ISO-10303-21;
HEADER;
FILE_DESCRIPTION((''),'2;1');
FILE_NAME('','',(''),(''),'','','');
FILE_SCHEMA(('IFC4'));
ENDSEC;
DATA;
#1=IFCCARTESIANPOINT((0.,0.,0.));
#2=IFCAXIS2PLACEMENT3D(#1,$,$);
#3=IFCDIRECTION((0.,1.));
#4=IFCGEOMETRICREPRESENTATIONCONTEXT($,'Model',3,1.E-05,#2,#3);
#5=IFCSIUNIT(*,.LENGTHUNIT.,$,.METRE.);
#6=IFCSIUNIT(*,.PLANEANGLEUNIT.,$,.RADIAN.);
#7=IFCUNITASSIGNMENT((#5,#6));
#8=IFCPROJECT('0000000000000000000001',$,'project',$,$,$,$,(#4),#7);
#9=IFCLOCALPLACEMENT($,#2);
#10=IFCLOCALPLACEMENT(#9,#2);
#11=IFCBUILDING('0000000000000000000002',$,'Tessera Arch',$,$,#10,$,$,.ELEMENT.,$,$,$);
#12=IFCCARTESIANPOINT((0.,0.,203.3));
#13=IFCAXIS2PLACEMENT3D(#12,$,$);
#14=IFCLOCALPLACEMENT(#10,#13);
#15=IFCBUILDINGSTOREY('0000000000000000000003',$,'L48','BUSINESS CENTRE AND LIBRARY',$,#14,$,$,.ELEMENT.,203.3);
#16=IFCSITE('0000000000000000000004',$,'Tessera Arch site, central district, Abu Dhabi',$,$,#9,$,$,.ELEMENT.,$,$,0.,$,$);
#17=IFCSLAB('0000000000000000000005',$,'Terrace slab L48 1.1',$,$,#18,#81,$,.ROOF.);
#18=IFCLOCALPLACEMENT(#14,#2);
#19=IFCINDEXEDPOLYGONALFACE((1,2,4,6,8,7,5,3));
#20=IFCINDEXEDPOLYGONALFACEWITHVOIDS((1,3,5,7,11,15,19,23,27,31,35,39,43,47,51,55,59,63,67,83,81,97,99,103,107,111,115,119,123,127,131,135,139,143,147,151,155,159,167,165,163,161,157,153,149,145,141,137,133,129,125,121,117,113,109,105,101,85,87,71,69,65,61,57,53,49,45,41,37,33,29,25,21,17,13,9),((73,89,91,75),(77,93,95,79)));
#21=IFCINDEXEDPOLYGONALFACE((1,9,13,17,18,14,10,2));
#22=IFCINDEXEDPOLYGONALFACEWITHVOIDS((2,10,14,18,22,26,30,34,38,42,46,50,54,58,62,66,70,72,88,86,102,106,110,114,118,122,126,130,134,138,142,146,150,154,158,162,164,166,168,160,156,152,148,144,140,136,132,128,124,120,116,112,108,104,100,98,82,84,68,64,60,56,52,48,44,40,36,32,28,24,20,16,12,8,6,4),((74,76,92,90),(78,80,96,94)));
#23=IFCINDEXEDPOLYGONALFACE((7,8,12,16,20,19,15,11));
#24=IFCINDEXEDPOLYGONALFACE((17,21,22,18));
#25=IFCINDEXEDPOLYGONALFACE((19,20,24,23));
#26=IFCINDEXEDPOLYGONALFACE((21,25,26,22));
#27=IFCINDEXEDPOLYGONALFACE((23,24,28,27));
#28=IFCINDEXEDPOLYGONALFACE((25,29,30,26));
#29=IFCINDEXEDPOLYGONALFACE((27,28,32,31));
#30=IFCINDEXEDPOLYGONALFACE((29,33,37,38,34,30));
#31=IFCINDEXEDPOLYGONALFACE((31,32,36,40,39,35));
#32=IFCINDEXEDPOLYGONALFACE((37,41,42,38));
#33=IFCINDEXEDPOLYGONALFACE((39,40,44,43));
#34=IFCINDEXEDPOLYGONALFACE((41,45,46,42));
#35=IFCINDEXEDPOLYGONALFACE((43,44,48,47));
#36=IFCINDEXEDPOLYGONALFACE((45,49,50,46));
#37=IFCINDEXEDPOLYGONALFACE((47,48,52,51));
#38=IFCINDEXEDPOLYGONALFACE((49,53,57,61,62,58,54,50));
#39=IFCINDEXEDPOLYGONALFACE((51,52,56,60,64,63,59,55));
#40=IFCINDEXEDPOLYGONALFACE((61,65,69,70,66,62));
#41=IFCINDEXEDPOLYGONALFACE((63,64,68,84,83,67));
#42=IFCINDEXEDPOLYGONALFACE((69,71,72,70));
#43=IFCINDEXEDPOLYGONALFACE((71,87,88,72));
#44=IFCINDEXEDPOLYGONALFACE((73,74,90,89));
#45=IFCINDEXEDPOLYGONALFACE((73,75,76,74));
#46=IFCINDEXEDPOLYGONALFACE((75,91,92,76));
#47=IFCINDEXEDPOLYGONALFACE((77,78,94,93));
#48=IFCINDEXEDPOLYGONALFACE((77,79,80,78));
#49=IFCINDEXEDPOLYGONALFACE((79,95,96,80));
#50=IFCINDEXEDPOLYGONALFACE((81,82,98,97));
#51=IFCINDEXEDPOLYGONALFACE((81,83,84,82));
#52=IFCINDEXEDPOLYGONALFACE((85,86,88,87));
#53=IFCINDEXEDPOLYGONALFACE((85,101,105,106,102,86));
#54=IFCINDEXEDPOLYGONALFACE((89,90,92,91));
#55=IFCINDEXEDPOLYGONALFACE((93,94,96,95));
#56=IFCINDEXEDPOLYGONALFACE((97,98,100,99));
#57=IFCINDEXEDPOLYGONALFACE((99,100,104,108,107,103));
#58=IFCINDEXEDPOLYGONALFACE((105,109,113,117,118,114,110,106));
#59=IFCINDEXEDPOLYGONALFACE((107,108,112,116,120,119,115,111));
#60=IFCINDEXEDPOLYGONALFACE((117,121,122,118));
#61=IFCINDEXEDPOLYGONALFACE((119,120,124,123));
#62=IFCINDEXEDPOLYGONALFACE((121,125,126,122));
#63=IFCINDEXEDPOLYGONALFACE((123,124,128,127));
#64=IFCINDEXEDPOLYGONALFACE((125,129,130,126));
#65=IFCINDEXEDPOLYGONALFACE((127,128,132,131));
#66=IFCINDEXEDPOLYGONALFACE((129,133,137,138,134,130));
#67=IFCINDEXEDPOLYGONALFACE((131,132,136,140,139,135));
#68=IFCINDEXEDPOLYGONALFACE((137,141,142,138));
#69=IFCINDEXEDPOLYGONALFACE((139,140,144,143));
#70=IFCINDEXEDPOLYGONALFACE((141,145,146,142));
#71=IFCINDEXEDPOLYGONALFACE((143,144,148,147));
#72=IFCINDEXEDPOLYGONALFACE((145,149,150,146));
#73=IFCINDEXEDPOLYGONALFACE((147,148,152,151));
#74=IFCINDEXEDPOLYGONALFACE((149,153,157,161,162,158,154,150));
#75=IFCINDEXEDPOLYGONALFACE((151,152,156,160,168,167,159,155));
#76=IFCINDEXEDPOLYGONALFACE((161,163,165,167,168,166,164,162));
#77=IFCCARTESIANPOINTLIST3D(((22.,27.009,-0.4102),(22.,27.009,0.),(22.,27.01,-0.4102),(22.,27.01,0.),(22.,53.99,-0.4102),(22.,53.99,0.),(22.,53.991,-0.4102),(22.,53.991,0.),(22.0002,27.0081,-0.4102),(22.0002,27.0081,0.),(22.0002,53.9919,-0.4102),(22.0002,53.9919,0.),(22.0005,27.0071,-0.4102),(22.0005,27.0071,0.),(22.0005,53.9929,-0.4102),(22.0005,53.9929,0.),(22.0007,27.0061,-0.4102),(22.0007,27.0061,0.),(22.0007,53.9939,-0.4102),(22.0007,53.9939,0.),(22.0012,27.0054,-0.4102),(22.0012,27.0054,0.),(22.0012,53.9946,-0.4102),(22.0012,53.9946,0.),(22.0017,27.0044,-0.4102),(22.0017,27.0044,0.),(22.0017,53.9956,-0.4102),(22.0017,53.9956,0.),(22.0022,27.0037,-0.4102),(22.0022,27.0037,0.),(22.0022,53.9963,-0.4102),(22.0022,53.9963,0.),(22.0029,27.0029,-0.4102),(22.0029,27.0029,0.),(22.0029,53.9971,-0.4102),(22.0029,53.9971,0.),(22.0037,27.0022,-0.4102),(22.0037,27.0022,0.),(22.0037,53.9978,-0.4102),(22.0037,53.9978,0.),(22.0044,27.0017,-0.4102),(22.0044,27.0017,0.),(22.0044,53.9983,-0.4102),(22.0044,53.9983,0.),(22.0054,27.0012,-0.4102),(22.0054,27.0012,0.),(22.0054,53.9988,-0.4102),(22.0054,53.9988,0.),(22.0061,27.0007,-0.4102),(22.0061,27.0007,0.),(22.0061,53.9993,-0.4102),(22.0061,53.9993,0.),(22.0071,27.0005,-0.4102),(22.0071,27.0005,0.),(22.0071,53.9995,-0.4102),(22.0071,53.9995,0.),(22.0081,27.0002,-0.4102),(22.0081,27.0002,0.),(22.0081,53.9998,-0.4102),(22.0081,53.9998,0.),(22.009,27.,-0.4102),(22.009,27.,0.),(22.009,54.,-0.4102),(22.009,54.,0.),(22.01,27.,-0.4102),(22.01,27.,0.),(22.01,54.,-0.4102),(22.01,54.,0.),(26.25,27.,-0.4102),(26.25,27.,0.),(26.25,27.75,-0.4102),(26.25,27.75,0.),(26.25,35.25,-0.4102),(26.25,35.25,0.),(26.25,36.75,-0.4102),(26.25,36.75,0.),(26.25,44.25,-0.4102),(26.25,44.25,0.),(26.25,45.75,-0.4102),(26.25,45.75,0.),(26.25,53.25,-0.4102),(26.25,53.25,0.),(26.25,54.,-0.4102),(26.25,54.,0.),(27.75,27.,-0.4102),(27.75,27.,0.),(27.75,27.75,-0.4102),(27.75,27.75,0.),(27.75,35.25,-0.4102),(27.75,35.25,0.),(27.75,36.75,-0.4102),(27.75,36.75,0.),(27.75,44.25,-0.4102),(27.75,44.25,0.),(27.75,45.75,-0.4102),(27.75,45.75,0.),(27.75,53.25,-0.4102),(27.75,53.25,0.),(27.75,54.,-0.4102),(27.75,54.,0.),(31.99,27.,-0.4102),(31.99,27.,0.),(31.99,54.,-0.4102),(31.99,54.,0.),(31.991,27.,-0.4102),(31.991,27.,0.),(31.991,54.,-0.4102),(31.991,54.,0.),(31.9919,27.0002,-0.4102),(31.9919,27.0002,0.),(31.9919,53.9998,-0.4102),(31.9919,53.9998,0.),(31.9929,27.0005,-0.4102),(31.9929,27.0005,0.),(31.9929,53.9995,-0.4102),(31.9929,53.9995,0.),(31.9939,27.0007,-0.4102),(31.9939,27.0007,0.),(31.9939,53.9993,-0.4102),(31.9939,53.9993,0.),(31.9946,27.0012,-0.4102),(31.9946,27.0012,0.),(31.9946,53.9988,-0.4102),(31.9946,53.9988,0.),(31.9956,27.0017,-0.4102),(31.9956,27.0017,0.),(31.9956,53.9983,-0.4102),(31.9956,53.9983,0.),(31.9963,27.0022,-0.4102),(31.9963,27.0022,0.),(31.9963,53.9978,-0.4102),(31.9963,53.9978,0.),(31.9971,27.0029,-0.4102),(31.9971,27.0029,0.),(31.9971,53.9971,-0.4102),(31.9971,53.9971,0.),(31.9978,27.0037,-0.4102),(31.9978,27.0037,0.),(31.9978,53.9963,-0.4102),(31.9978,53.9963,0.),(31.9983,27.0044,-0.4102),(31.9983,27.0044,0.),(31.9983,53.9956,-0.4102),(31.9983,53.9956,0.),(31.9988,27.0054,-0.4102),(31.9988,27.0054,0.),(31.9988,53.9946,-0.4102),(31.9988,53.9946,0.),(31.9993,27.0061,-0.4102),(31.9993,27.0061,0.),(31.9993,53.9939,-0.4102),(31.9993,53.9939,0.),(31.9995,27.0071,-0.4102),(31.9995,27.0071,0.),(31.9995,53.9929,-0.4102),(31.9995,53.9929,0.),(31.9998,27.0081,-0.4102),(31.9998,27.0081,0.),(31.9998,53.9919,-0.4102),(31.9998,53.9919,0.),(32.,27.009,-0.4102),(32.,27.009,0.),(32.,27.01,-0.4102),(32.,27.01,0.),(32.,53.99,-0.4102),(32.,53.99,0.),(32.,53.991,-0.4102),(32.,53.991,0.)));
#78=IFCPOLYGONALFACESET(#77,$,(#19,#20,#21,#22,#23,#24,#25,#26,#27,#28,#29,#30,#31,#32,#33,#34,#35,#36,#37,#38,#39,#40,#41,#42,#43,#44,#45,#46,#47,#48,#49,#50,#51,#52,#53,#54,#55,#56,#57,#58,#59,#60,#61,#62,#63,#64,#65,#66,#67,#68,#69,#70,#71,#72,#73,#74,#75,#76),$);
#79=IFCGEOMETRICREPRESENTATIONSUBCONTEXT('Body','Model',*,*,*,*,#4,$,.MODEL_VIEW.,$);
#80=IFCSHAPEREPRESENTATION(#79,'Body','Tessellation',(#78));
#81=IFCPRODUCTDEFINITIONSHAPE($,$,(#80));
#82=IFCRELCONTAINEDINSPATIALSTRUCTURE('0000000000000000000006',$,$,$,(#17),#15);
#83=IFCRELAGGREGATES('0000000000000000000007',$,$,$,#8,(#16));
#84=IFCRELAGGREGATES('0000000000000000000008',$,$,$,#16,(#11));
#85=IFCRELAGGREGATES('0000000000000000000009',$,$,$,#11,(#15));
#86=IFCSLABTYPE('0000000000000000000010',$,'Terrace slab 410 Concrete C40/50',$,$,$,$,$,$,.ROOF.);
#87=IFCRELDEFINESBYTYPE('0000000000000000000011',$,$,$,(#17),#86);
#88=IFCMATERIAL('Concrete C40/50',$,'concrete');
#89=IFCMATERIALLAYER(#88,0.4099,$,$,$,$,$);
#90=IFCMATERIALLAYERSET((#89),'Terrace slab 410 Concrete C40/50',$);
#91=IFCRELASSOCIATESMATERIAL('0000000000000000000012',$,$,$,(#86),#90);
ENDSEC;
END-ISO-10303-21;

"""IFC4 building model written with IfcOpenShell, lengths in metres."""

from ifc_helpers import new_model, si_unit, direction, frame, origin, place, context, subcontext, project, spatial, polyline, outline, extrude, material, layer, layer_set, type_object, element, save


model = new_model("IFC4")

# Units and contexts
model_context = context("Model", 3, precision=1e-05, world=origin(), true_north=direction((0.0, 1.0)))
body_context = subcontext(model_context, "Body", "Model", "MODEL_VIEW")
ifc_project = project(units=[si_unit("LENGTHUNIT", "METRE"), si_unit("PLANEANGLEUNIT", "RADIAN")], contexts=[model_context])

# Site, building, storey
site_placement = place(None, origin())
site = spatial("IfcSite", under=ifc_project, at=site_placement, Name="Tessera Arch site, central district, Abu Dhabi", CompositionType="ELEMENT", RefElevation=0.0)
building_placement = place(site_placement, origin())
building = spatial("IfcBuilding", under=site, at=building_placement, Name="Tessera Arch", CompositionType="ELEMENT")
storey_placement = place(building_placement, frame((0.0, 0.0, 203.3)))
storey = spatial("IfcBuildingStorey", under=building, at=storey_placement, Name="L48", Description="BUSINESS CENTRE AND LIBRARY", CompositionType="ELEMENT", Elevation=203.3)

# Slab
ifc_material_1 = material(Name="Concrete C40/50", Category="concrete")
ifc_layer_1 = layer(ifc_material_1, 0.4099)
ifc_layer_set_1 = layer_set([ifc_layer_1], Name="Terrace slab 410 Concrete C40/50")
slab_type_1 = type_object("IfcSlabType", Name="Terrace slab 410 Concrete C40/50", PredefinedType="ROOF", material=ifc_layer_set_1)
slab_1_placement = place(storey_placement, frame((0.0, 0.0, -0.4102)))
element("IfcSlab", 1, at=slab_1_placement, inside=storey, type_object=slab_type_1, Name="Terrace slab L48 1.1", PredefinedType="ROOF", context=body_context, shape_type="SweptSolid", body=[
    extrude(outline(polyline([(31.991, 54.0), (31.9919, 53.9998), (31.9929, 53.9995), (31.9939, 53.9993), (31.9946, 53.9988), (31.9956, 53.9983), (31.9963, 53.9978), (31.9971, 53.9971), (31.9978, 53.9963), (31.9983, 53.9956), (31.9988, 53.9946), (31.9993, 53.9939), (31.9995, 53.9929), (31.9998, 53.9919), (32.0, 53.991), (32.0, 53.99), (32.0, 27.01), (32.0, 27.009), (31.9998, 27.0081), (31.9995, 27.0071), (31.9993, 27.0061), (31.9988, 27.0054), (31.9983, 27.0044), (31.9978, 27.0037), (31.9971, 27.0029), (31.9963, 27.0022), (31.9956, 27.0017), (31.9946, 27.0012), (31.9939, 27.0007), (31.9929, 27.0005), (31.9919, 27.0002), (31.991, 27.0), (31.99, 27.0), (27.75, 27.0), (27.75, 27.75), (26.25, 27.75), (26.25, 27.0), (22.01, 27.0), (22.009, 27.0), (22.0081, 27.0002), (22.0071, 27.0005), (22.0061, 27.0007), (22.0054, 27.0012), (22.0044, 27.0017), (22.0037, 27.0022), (22.0029, 27.0029), (22.0022, 27.0037), (22.0017, 27.0044), (22.0012, 27.0054), (22.0007, 27.0061), (22.0005, 27.0071), (22.0002, 27.0081), (22.0, 27.009), (22.0, 27.01), (22.0, 53.99), (22.0, 53.991), (22.0002, 53.9919), (22.0005, 53.9929), (22.0007, 53.9939), (22.0012, 53.9946), (22.0017, 53.9956), (22.0022, 53.9963), (22.0029, 53.9971), (22.0037, 53.9978), (22.0044, 53.9983), (22.0054, 53.9988), (22.0061, 53.9993), (22.0071, 53.9995), (22.0081, 53.9998), (22.009, 54.0), (22.01, 54.0), (26.25, 54.0), (26.25, 53.25), (27.75, 53.25), (27.75, 54.0), (31.99, 54.0), (31.991, 54.0)]), holes=[polyline([(27.75, 45.75), (26.25, 45.75), (26.25, 44.25), (27.75, 44.25), (27.75, 45.75)]), polyline([(27.75, 35.25), (27.75, 36.75), (26.25, 36.75), (26.25, 35.25), (27.75, 35.25)])]), origin(), (0.0, 0.0, 1.0), 0.4102),
])

save(model, "model.ifc")
